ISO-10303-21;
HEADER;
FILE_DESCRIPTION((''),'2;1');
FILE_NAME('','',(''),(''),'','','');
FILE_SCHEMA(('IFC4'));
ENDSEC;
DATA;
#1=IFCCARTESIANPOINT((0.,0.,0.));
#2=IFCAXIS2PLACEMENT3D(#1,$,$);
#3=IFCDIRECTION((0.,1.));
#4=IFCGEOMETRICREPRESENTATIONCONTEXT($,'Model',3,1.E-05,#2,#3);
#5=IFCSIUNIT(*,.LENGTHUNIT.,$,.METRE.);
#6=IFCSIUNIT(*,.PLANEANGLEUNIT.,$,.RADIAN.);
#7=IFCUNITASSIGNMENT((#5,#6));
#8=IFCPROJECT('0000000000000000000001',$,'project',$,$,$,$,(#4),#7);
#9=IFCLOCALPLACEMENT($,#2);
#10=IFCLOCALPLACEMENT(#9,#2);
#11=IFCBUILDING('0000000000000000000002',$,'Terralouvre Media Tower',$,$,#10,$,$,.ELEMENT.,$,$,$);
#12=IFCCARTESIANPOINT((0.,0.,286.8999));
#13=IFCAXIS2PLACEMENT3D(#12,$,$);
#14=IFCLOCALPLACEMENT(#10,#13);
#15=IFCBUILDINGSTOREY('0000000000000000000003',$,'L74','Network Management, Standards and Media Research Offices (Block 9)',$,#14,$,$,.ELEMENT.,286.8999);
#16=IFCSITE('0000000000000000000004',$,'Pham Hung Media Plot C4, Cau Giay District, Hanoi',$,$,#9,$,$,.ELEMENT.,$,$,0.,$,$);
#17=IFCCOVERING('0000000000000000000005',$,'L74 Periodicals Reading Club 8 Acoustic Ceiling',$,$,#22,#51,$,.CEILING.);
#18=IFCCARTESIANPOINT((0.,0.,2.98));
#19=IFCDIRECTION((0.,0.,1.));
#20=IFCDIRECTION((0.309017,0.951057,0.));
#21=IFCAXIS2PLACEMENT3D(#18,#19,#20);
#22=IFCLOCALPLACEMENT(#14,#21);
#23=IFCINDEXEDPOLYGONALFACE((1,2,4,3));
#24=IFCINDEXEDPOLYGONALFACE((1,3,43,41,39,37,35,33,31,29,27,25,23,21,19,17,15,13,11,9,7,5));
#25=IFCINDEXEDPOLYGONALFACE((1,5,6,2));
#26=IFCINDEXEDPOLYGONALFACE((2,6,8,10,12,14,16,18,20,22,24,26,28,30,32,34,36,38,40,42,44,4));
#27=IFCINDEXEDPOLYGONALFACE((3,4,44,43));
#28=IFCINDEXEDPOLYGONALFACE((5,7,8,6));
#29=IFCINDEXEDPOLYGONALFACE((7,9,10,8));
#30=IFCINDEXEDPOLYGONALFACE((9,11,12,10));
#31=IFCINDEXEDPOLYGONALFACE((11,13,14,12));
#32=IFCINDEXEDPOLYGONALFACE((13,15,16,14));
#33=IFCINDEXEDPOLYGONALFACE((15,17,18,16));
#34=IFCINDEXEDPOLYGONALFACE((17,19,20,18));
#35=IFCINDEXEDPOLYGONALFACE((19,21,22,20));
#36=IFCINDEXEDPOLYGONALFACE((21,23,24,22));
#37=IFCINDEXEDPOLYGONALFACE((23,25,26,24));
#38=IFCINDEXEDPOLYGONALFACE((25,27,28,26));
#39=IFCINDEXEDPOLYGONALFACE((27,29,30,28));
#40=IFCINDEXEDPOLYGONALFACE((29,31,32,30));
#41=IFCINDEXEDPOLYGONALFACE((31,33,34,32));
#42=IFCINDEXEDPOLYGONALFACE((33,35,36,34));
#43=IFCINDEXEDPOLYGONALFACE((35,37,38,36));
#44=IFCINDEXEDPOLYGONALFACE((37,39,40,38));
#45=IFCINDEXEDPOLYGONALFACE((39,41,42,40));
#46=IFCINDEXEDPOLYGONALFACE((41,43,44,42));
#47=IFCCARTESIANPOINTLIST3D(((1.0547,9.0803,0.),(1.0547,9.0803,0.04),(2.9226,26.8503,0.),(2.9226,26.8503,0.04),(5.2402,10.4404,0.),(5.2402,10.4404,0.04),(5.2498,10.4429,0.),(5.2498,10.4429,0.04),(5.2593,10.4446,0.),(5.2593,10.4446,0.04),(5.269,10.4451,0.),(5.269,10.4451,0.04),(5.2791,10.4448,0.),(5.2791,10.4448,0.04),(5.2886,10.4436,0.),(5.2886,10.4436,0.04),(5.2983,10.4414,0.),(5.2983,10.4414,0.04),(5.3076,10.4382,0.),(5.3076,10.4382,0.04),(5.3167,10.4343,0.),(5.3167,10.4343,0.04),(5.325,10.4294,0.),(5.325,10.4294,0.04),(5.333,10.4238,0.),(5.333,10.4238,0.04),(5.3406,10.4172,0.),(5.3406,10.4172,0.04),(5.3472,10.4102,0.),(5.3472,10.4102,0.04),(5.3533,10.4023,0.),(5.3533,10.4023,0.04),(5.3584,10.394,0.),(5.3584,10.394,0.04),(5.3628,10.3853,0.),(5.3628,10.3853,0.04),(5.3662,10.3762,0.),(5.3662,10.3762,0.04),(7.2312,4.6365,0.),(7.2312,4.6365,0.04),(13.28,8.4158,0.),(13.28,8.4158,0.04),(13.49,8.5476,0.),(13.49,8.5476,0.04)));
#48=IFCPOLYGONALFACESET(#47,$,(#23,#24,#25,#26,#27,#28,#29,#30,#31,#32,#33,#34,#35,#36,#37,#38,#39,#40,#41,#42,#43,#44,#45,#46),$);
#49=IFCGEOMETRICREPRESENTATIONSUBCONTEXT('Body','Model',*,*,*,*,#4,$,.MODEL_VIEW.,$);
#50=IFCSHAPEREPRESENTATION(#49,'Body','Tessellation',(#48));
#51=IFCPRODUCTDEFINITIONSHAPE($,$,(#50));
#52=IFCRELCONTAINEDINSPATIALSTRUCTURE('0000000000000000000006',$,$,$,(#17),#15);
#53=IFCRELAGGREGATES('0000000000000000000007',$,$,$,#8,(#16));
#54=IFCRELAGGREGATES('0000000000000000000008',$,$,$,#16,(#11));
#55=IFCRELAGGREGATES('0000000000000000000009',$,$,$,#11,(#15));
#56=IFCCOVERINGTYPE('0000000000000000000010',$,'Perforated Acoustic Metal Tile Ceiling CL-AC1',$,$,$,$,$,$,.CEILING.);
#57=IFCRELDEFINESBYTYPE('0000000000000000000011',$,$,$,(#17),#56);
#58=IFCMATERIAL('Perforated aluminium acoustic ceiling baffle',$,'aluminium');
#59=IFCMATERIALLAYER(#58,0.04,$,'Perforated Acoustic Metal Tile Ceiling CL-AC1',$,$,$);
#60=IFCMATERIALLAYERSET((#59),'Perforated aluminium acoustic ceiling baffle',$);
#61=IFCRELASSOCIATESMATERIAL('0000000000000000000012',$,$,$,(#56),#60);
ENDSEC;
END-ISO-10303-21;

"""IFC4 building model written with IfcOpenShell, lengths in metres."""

from ifc_helpers import new_model, si_unit, direction, frame, origin, place, context, subcontext, project, spatial, polyline, outline, extrude, material, layer, layer_set, type_object, element, save


model = new_model("IFC4")

# Units and contexts
model_context = context("Model", 3, precision=1e-05, world=origin(), true_north=direction((0.0, 1.0)))
body_context = subcontext(model_context, "Body", "Model", "MODEL_VIEW")
ifc_project = project(units=[si_unit("LENGTHUNIT", "METRE"), si_unit("PLANEANGLEUNIT", "RADIAN")], contexts=[model_context])

# Site, building, storey
site_placement = place(None, origin())
site = spatial("IfcSite", under=ifc_project, at=site_placement, Name="Pham Hung Media Plot C4, Cau Giay District, Hanoi", CompositionType="ELEMENT", RefElevation=0.0)
building_placement = place(site_placement, origin())
building = spatial("IfcBuilding", under=site, at=building_placement, Name="Terralouvre Media Tower", CompositionType="ELEMENT")
storey_placement = place(building_placement, frame((0.0, 0.0, 286.8999)))
storey = spatial("IfcBuildingStorey", under=building, at=storey_placement, Name="L74", Description="Network Management, Standards and Media Research Offices (Block 9)", CompositionType="ELEMENT", Elevation=286.8999)

# Covering
ifc_material_1 = material(Name="Perforated aluminium acoustic ceiling baffle", Category="aluminium")
ifc_layer_1 = layer(ifc_material_1, 0.04, Name="Perforated Acoustic Metal Tile Ceiling CL-AC1")
ifc_layer_set_1 = layer_set([ifc_layer_1], Name="Perforated aluminium acoustic ceiling baffle")
covering_type = type_object("IfcCoveringType", Name="Perforated Acoustic Metal Tile Ceiling CL-AC1", PredefinedType="CEILING", material=ifc_layer_set_1)
covering_placement = place(storey_placement, frame((0.0, 0.0, 2.98), z_axis=(0.0, 0.0, 1.0), x_axis=(0.309017, 0.951057, 0.0)))
element("IfcCovering", 1, at=covering_placement, inside=storey, type_object=covering_type, Name="L74 Periodicals Reading Club 8 Acoustic Ceiling", PredefinedType="CEILING", context=body_context, shape_type="SweptSolid", body=[
    extrude(outline(polyline([(1.0547, 9.0803), (5.2402, 10.4404), (5.2498, 10.4429), (5.2593, 10.4446), (5.269, 10.4451), (5.2791, 10.4448), (5.2886, 10.4436), (5.2983, 10.4414), (5.3076, 10.4382), (5.3167, 10.4343), (5.325, 10.4294), (5.333, 10.4238), (5.3406, 10.4172), (5.3472, 10.4102), (5.3533, 10.4023), (5.3584, 10.394), (5.3628, 10.3853), (5.3662, 10.3762), (7.2312, 4.6365), (13.28, 8.4158), (13.49, 8.5476), (2.9226, 26.8503), (1.0547, 9.0803)])), origin(), (0.0, 0.0, 1.0), 0.04),
])

save(model, "model.ifc")
